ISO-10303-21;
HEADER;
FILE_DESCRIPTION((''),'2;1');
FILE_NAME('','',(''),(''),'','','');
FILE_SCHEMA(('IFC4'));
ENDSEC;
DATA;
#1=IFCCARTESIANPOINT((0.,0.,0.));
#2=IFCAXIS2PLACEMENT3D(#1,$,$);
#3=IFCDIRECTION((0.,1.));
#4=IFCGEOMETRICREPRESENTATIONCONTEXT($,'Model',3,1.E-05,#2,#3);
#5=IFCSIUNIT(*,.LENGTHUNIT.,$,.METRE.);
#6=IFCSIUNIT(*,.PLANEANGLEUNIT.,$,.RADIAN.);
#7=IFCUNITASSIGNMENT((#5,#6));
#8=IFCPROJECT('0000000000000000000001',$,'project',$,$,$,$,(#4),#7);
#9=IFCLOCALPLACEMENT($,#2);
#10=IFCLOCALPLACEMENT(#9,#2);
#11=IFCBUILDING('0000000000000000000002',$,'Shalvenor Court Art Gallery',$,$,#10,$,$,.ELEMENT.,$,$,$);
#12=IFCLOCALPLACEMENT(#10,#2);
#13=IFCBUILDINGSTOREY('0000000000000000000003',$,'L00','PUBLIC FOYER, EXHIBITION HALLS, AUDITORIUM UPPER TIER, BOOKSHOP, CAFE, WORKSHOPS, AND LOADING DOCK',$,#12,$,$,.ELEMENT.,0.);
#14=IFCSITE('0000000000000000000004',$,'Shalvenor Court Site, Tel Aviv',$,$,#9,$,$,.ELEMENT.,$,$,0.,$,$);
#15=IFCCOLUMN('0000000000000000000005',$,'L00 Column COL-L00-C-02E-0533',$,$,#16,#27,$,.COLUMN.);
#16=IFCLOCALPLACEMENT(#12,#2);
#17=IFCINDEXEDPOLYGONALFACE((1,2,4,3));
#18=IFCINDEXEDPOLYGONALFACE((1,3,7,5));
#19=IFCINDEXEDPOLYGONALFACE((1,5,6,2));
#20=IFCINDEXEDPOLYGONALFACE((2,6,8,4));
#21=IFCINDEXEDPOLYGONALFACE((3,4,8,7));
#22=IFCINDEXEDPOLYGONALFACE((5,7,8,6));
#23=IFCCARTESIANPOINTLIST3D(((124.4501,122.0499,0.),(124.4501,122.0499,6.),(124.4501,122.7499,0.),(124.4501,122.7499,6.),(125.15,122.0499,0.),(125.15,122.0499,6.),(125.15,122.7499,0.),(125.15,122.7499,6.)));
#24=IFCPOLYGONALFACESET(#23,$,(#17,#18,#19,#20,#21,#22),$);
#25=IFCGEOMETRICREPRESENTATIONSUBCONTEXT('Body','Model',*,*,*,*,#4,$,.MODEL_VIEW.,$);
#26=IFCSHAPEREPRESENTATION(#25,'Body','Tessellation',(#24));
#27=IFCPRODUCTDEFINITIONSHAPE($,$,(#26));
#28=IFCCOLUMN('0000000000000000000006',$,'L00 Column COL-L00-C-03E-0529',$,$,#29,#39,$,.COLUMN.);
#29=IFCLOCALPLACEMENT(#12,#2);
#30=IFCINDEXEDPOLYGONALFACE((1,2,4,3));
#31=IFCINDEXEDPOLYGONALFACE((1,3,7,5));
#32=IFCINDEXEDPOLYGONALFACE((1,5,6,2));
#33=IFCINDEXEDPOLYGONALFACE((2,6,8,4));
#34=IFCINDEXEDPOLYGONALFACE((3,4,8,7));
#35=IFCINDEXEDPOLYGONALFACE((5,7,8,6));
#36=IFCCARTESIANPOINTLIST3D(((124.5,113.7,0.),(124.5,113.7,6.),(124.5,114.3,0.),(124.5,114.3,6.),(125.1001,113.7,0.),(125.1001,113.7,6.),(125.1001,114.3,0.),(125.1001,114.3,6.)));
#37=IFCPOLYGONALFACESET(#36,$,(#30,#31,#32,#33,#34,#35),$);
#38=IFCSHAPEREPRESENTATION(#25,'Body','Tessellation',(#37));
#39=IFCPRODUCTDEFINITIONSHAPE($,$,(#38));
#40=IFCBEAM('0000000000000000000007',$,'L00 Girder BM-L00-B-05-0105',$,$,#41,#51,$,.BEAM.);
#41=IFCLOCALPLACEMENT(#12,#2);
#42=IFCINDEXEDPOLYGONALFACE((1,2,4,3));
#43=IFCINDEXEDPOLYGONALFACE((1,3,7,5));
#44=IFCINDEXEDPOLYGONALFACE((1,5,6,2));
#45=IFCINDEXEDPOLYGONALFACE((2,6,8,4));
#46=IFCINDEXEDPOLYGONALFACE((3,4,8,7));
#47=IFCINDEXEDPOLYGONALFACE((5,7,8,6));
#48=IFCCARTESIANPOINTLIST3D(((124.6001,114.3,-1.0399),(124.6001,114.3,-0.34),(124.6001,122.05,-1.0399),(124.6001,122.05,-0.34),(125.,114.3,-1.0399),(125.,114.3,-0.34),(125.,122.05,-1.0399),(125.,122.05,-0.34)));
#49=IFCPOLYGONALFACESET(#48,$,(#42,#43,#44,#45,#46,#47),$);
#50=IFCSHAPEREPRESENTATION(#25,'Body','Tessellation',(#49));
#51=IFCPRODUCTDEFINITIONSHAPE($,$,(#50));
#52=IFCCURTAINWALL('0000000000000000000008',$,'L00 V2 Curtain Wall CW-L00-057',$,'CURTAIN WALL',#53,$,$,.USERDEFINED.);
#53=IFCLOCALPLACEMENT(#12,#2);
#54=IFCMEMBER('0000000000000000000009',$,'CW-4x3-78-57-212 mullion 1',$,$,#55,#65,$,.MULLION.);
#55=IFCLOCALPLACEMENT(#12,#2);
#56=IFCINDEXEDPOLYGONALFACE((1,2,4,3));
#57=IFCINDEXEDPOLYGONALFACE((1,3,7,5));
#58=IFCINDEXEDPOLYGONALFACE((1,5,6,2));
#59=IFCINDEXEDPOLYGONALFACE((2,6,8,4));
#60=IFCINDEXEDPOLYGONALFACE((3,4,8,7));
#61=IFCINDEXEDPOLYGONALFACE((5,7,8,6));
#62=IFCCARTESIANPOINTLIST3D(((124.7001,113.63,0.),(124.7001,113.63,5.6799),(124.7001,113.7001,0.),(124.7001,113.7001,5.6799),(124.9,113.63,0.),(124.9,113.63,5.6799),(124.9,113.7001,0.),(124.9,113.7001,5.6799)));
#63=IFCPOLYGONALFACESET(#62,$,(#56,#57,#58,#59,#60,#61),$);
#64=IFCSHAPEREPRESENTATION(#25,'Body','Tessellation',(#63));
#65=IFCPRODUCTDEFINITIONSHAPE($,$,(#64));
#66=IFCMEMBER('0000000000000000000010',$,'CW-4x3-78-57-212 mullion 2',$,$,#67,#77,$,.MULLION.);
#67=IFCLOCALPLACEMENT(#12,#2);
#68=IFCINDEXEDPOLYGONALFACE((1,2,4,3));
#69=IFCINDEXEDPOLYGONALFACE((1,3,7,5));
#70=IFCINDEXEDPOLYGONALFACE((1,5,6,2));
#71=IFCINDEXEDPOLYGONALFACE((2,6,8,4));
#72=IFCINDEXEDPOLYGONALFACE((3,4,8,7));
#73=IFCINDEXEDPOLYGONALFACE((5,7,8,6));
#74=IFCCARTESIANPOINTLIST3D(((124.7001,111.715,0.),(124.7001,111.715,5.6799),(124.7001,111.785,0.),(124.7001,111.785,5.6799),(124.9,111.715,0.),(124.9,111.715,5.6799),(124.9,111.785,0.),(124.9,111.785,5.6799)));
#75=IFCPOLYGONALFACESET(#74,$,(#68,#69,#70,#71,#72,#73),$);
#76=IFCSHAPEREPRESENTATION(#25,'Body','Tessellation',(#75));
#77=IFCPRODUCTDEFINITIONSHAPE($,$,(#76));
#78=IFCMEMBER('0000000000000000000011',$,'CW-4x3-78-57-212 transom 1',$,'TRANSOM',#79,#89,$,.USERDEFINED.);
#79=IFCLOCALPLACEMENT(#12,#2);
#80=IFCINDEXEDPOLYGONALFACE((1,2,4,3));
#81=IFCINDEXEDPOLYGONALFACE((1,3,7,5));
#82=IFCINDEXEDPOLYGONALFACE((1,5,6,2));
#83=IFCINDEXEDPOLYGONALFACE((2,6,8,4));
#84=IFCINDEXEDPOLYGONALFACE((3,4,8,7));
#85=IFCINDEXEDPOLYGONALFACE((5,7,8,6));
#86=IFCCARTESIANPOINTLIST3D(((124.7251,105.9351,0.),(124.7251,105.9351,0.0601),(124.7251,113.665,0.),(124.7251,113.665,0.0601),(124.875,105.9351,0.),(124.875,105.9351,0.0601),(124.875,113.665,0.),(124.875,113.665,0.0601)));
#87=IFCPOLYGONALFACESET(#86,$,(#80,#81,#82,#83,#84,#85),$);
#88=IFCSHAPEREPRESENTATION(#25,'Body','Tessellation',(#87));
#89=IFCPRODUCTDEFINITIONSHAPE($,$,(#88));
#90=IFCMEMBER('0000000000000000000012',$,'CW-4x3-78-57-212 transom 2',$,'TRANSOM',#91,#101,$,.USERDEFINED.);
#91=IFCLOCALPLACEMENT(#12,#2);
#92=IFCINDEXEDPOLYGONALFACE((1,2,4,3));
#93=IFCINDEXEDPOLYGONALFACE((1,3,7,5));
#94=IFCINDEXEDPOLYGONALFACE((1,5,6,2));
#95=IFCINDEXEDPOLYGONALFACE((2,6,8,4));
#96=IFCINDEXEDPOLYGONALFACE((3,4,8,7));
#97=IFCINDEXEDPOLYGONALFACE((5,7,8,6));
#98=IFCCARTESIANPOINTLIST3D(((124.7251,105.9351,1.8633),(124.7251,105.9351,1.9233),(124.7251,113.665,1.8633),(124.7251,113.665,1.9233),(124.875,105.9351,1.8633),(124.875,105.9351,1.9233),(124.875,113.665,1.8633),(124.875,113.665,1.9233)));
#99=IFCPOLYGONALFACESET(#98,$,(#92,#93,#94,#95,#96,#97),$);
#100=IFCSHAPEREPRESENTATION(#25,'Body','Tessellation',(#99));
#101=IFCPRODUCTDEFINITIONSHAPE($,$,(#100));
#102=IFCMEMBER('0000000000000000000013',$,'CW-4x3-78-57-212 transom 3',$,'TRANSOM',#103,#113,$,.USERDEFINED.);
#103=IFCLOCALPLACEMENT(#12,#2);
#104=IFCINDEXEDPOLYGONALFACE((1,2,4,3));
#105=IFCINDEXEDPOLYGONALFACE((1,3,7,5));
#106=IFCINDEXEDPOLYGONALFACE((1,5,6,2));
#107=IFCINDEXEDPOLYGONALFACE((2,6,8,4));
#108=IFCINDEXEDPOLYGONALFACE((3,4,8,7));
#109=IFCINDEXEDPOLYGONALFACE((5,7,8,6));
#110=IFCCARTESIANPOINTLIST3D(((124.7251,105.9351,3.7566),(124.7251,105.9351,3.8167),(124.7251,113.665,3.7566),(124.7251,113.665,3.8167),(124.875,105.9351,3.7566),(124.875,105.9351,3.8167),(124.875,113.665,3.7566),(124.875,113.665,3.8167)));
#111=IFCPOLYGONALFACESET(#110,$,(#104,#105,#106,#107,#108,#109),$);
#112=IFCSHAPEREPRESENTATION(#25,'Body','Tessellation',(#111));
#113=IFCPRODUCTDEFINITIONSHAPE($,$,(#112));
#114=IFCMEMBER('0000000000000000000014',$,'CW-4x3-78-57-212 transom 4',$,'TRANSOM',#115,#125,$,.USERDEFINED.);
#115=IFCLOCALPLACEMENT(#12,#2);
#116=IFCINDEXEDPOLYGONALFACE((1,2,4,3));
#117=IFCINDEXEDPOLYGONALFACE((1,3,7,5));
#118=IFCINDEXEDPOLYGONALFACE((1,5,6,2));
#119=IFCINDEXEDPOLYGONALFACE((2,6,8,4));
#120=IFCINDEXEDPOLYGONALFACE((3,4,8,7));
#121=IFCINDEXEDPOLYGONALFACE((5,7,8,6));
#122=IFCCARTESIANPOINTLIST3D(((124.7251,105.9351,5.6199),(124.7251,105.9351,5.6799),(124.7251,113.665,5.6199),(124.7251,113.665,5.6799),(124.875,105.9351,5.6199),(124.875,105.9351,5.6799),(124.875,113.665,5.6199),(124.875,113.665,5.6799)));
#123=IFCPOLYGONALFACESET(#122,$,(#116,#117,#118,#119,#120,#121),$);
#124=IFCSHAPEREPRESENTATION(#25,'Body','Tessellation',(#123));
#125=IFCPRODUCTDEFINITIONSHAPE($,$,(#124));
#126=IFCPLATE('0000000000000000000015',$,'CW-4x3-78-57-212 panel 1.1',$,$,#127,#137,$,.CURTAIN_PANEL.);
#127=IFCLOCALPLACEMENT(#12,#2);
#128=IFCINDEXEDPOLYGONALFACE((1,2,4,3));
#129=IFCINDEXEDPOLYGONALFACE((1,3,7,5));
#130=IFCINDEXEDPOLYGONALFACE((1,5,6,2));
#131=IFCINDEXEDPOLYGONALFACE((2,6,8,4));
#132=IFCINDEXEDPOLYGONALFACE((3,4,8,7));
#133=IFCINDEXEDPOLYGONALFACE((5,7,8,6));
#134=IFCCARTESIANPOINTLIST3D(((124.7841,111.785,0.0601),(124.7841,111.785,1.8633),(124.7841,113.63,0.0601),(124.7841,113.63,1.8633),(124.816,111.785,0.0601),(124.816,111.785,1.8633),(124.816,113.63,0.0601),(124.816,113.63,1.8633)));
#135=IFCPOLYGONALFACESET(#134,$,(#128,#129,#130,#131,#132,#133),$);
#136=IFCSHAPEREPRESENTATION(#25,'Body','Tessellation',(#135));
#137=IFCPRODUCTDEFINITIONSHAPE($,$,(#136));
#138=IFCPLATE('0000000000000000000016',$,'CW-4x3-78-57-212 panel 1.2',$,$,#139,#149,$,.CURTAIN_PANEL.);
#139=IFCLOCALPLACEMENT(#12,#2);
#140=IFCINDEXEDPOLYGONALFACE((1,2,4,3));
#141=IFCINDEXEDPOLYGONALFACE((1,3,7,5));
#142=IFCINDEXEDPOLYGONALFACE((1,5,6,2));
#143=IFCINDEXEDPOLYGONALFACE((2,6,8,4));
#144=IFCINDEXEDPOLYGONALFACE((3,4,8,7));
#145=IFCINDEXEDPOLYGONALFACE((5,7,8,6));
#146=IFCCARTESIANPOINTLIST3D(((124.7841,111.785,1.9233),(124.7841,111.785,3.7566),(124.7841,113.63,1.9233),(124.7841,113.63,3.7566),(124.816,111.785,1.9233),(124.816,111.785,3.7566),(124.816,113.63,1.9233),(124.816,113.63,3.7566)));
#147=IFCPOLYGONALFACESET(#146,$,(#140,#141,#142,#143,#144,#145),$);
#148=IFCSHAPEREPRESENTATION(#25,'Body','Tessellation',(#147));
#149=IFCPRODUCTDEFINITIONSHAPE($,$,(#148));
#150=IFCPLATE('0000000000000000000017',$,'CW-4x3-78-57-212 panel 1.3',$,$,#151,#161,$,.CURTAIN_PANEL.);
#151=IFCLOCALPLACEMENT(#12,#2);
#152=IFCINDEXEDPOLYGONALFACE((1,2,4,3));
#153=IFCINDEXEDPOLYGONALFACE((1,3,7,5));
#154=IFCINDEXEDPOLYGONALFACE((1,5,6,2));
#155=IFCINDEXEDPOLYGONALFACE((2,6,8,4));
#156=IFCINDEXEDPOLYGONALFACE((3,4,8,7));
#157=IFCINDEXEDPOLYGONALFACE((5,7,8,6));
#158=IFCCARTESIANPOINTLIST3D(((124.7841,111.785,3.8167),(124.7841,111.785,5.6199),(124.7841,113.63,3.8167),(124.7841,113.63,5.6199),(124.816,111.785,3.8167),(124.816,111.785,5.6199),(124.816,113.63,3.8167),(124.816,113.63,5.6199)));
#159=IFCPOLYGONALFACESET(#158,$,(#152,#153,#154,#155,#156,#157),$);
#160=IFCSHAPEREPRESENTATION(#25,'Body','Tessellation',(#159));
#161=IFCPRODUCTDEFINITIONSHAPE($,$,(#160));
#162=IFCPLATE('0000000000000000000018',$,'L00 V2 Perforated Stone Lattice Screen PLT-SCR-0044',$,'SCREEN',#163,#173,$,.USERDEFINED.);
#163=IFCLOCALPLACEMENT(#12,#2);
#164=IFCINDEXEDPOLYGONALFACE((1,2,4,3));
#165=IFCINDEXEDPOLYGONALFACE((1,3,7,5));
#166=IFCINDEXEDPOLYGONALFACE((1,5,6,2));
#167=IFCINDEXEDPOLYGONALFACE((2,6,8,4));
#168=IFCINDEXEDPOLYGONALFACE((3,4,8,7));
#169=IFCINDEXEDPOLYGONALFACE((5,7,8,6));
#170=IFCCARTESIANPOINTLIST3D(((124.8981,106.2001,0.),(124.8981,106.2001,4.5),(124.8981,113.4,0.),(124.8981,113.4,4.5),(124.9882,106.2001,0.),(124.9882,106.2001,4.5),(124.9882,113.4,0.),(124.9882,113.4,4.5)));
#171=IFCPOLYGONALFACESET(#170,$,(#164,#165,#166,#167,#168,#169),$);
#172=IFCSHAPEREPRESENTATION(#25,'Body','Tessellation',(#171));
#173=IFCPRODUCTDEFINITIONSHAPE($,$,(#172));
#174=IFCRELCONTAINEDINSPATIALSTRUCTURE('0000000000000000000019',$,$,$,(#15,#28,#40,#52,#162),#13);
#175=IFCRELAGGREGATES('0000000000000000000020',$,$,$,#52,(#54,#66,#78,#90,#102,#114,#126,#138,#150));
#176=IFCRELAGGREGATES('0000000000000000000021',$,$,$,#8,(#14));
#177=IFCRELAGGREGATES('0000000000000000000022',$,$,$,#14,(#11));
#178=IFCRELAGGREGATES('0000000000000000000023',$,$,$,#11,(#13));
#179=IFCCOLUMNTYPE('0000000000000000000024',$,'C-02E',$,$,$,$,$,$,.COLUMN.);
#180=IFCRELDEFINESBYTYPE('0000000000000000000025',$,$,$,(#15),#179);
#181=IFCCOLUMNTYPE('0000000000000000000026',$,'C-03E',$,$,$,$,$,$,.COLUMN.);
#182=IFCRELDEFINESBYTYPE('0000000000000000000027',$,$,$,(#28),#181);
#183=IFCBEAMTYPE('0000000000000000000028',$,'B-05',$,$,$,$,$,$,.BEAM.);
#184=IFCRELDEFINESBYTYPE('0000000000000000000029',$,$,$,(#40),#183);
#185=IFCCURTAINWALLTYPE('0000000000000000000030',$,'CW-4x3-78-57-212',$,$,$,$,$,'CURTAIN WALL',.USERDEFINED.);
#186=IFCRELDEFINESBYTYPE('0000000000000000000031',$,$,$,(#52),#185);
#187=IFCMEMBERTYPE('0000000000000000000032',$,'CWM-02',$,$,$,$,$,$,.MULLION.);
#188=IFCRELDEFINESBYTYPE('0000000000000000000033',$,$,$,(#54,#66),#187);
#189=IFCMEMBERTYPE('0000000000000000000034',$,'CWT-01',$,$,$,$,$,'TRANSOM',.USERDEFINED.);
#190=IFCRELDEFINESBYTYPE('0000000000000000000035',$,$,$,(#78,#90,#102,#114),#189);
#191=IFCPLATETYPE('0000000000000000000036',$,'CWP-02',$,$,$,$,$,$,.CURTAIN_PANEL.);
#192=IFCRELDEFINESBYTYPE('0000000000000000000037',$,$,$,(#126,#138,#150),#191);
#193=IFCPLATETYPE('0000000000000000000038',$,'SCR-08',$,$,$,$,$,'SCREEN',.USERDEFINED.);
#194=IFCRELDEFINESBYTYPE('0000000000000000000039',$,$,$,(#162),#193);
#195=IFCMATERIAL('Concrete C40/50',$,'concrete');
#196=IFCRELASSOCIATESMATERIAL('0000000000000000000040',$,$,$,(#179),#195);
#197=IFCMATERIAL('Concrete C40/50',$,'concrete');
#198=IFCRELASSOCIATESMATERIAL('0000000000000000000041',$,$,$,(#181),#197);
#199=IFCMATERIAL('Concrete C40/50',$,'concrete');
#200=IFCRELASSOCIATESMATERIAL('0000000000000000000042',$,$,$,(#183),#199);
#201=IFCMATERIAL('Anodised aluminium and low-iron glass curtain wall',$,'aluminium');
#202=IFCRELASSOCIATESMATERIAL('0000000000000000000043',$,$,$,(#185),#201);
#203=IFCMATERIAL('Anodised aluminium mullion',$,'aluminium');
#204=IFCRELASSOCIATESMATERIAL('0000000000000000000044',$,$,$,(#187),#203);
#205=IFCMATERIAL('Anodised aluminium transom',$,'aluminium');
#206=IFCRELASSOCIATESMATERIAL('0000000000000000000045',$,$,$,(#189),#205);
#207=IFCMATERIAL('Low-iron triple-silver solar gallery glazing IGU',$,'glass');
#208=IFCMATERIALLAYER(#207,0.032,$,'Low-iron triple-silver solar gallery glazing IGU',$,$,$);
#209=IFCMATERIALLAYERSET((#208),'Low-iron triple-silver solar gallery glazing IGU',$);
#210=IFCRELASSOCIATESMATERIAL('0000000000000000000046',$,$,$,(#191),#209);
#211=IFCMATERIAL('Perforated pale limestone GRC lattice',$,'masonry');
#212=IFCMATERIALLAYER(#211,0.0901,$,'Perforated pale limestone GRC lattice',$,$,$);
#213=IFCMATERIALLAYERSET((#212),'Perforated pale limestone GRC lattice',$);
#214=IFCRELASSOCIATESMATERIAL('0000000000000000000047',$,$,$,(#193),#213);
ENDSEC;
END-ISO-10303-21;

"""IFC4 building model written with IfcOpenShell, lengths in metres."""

from ifc_helpers import new_model, si_unit, direction, frame, origin, origin_2d, place, context, subcontext, project, spatial, rectangle, extrude, material, layer, layer_set, material_profile, profile_set, type_object, element, aggregate, save


model = new_model("IFC4")

# Units and contexts
model_context = context("Model", 3, precision=1e-05, world=origin(), true_north=direction((0.0, 1.0)))
body_context = subcontext(model_context, "Body", "Model", "MODEL_VIEW")
ifc_project = project(units=[si_unit("LENGTHUNIT", "METRE"), si_unit("PLANEANGLEUNIT", "RADIAN")], contexts=[model_context])

# Site, building, storey
site_placement = place(None, origin())
site = spatial("IfcSite", under=ifc_project, at=site_placement, Name="Shalvenor Court Site, Tel Aviv", CompositionType="ELEMENT", RefElevation=0.0)
building_placement = place(site_placement, origin())
building = spatial("IfcBuilding", under=site, at=building_placement, Name="Shalvenor Court Art Gallery", CompositionType="ELEMENT")
storey_placement = place(building_placement, origin())
storey = spatial("IfcBuildingStorey", under=building, at=storey_placement, Name="L00", Description="PUBLIC FOYER, EXHIBITION HALLS, AUDITORIUM UPPER TIER, BOOKSHOP, CAFE, WORKSHOPS, AND LOADING DOCK", CompositionType="ELEMENT", Elevation=0.0)

# Columns
ifc_material_1 = material(Name="Concrete C40/50", Category="concrete")
ifc_material_profile_1 = material_profile(ifc_material_1, rectangle(XDim=0.7, YDim=0.7, at=origin_2d()), Name="RC 700x700")
ifc_profile_set_1 = profile_set([ifc_material_profile_1], Name="Concrete C40/50")
column_type_1 = type_object("IfcColumnType", Name="C-02E", PredefinedType="COLUMN", material=ifc_profile_set_1)
column_1_placement = place(storey_placement, frame((124.8, 122.3999, 0.0), z_axis=(0.0, 0.0, 1.0), x_axis=(1.0, 0.0, 0.0)))
element("IfcColumn", 1, at=column_1_placement, inside=storey, type_object=column_type_1, Name="L00 Column COL-L00-C-02E-0533", PredefinedType="COLUMN", context=body_context, shape_type="SweptSolid", body=[
    extrude(rectangle(XDim=0.7, YDim=0.7, at=origin_2d()), origin(), (0.0, 0.0, 1.0), 6.0),
])
ifc_material_2 = material(Name="Concrete C40/50", Category="concrete")
ifc_material_profile_2 = material_profile(ifc_material_2, rectangle(XDim=0.6001, YDim=0.6001, at=origin_2d()), Name="RC 600x600")
ifc_profile_set_2 = profile_set([ifc_material_profile_2], Name="Concrete C40/50")
column_type_2 = type_object("IfcColumnType", Name="C-03E", PredefinedType="COLUMN", material=ifc_profile_set_2)
column_2_placement = place(storey_placement, frame((124.8, 114.0, 0.0), z_axis=(0.0, 0.0, 1.0), x_axis=(1.0, 0.0, 0.0)))
element("IfcColumn", 2, at=column_2_placement, inside=storey, type_object=column_type_2, Name="L00 Column COL-L00-C-03E-0529", PredefinedType="COLUMN", context=body_context, shape_type="SweptSolid", body=[
    extrude(rectangle(XDim=0.6001, YDim=0.6001, at=origin_2d()), origin(), (0.0, 0.0, 1.0), 6.0),
])

# Beam
ifc_material_3 = material(Name="Concrete C40/50", Category="concrete")
ifc_material_profile_3 = material_profile(ifc_material_3, rectangle(XDim=0.3999, YDim=0.7, at=origin_2d()), Name="RC 400x700")
ifc_profile_set_3 = profile_set([ifc_material_profile_3], Name="Concrete C40/50")
beam_type = type_object("IfcBeamType", Name="B-05", PredefinedType="BEAM", material=ifc_profile_set_3)
beam_placement = place(storey_placement, frame((124.8, 114.3, -0.6899), z_axis=(0.0, 1.0, 0.0), x_axis=(-1.0, 0.0, 0.0)))
element("IfcBeam", 3, at=beam_placement, inside=storey, type_object=beam_type, Name="L00 Girder BM-L00-B-05-0105", PredefinedType="BEAM", context=body_context, shape_type="SweptSolid", body=[
    extrude(rectangle(XDim=0.3999, YDim=0.7, at=origin_2d()), origin(), (0.0, 0.0, 1.0), 7.75),
])

# Curtain wall, members, plates
ifc_material_4 = material(Name="Anodised aluminium and low-iron glass curtain wall", Category="aluminium")
curtain_wall_type = type_object("IfcCurtainWallType", Name="CW-4x3-78-57-212", ElementType="CURTAIN WALL", PredefinedType="USERDEFINED", material=ifc_material_4)
curtain_wall_placement = place(storey_placement, origin())
curtain_wall = element("IfcCurtainWall", 4, at=curtain_wall_placement, inside=storey, type_object=curtain_wall_type, Name="L00 V2 Curtain Wall CW-L00-057", ObjectType="CURTAIN WALL", PredefinedType="USERDEFINED")
ifc_material_5 = material(Name="Anodised aluminium mullion", Category="aluminium")
ifc_material_profile_4 = material_profile(ifc_material_5, rectangle(XDim=0.0701, YDim=0.2, at=origin_2d()), Name="CWM-02")
ifc_profile_set_4 = profile_set([ifc_material_profile_4], Name="Anodised aluminium mullion")
member_type_1 = type_object("IfcMemberType", Name="CWM-02", PredefinedType="MULLION", material=ifc_profile_set_4)
member_1_placement = place(storey_placement, frame((124.8, 113.665, 0.0), z_axis=(0.0, 0.0, 1.0), x_axis=(0.0, -1.0, 0.0)))
member_1 = element("IfcMember", 5, at=member_1_placement, type_object=member_type_1, Name="CW-4x3-78-57-212 mullion 1", PredefinedType="MULLION", context=body_context, shape_type="SweptSolid", body=[
    extrude(rectangle(XDim=0.0701, YDim=0.2, at=origin_2d()), origin(), (0.0, 0.0, 1.0), 5.6799),
])
member_2_placement = place(storey_placement, frame((124.8, 111.75, 0.0), z_axis=(0.0, 0.0, 1.0), x_axis=(0.0, -1.0, 0.0)))
member_2 = element("IfcMember", 6, at=member_2_placement, type_object=member_type_1, Name="CW-4x3-78-57-212 mullion 2", PredefinedType="MULLION", context=body_context, shape_type="SweptSolid", body=[
    extrude(rectangle(XDim=0.0701, YDim=0.2, at=origin_2d()), origin(), (0.0, 0.0, 1.0), 5.6799),
])
ifc_material_6 = material(Name="Anodised aluminium transom", Category="aluminium")
ifc_material_profile_5 = material_profile(ifc_material_6, rectangle(XDim=0.1499, YDim=0.0601, at=origin_2d()), Name="CWT-01")
ifc_profile_set_5 = profile_set([ifc_material_profile_5], Name="Anodised aluminium transom")
member_type_2 = type_object("IfcMemberType", Name="CWT-01", ElementType="TRANSOM", PredefinedType="USERDEFINED", material=ifc_profile_set_5)
member_3_placement = place(storey_placement, frame((124.8, 113.665, 0.03), z_axis=(0.0, -1.0, 0.0), x_axis=(1.0, 0.0, 0.0)))
member_3 = element("IfcMember", 7, at=member_3_placement, type_object=member_type_2, Name="CW-4x3-78-57-212 transom 1", ObjectType="TRANSOM", PredefinedType="USERDEFINED", context=body_context, shape_type="SweptSolid", body=[
    extrude(rectangle(XDim=0.1499, YDim=0.0601, at=origin_2d()), origin(), (0.0, 0.0, 1.0), 7.73),
])
member_4_placement = place(storey_placement, frame((124.8, 113.665, 1.8933), z_axis=(0.0, -1.0, 0.0), x_axis=(1.0, 0.0, 0.0)))
member_4 = element("IfcMember", 8, at=member_4_placement, type_object=member_type_2, Name="CW-4x3-78-57-212 transom 2", ObjectType="TRANSOM", PredefinedType="USERDEFINED", context=body_context, shape_type="SweptSolid", body=[
    extrude(rectangle(XDim=0.1499, YDim=0.0601, at=origin_2d()), origin(), (0.0, 0.0, 1.0), 7.73),
])
member_5_placement = place(storey_placement, frame((124.8, 113.665, 3.7866), z_axis=(0.0, -1.0, 0.0), x_axis=(1.0, 0.0, 0.0)))
member_5 = element("IfcMember", 9, at=member_5_placement, type_object=member_type_2, Name="CW-4x3-78-57-212 transom 3", ObjectType="TRANSOM", PredefinedType="USERDEFINED", context=body_context, shape_type="SweptSolid", body=[
    extrude(rectangle(XDim=0.1499, YDim=0.0601, at=origin_2d()), origin(), (0.0, 0.0, 1.0), 7.73),
])
member_6_placement = place(storey_placement, frame((124.8, 113.665, 5.6499), z_axis=(0.0, -1.0, 0.0), x_axis=(1.0, 0.0, 0.0)))
member_6 = element("IfcMember", 10, at=member_6_placement, type_object=member_type_2, Name="CW-4x3-78-57-212 transom 4", ObjectType="TRANSOM", PredefinedType="USERDEFINED", context=body_context, shape_type="SweptSolid", body=[
    extrude(rectangle(XDim=0.1499, YDim=0.0601, at=origin_2d()), origin(), (0.0, 0.0, 1.0), 7.73),
])
ifc_material_7 = material(Name="Low-iron triple-silver solar gallery glazing IGU", Category="glass")
ifc_layer_1 = layer(ifc_material_7, 0.032, Name="Low-iron triple-silver solar gallery glazing IGU")
ifc_layer_set_1 = layer_set([ifc_layer_1], Name="Low-iron triple-silver solar gallery glazing IGU")
plate_type_1 = type_object("IfcPlateType", Name="CWP-02", PredefinedType="CURTAIN_PANEL", material=ifc_layer_set_1)
plate_1_placement = place(storey_placement, frame((124.8, 112.7075, 0.0601), z_axis=(0.0, 0.0, 1.0), x_axis=(0.0, -1.0, 0.0)))
plate_1 = element("IfcPlate", 11, at=plate_1_placement, type_object=plate_type_1, Name="CW-4x3-78-57-212 panel 1.1", PredefinedType="CURTAIN_PANEL", context=body_context, shape_type="SweptSolid", body=[
    extrude(rectangle(XDim=1.845, YDim=0.032, at=origin_2d()), origin(), (0.0, 0.0, 1.0), 1.8032),
])
plate_2_placement = place(storey_placement, frame((124.8, 112.7075, 1.9233), z_axis=(0.0, 0.0, 1.0), x_axis=(0.0, -1.0, 0.0)))
plate_2 = element("IfcPlate", 12, at=plate_2_placement, type_object=plate_type_1, Name="CW-4x3-78-57-212 panel 1.2", PredefinedType="CURTAIN_PANEL", context=body_context, shape_type="SweptSolid", body=[
    extrude(rectangle(XDim=1.845, YDim=0.032, at=origin_2d()), origin(), (0.0, 0.0, 1.0), 1.8333),
])
plate_3_placement = place(storey_placement, frame((124.8, 112.7075, 3.8167), z_axis=(0.0, 0.0, 1.0), x_axis=(0.0, -1.0, 0.0)))
plate_3 = element("IfcPlate", 13, at=plate_3_placement, type_object=plate_type_1, Name="CW-4x3-78-57-212 panel 1.3", PredefinedType="CURTAIN_PANEL", context=body_context, shape_type="SweptSolid", body=[
    extrude(rectangle(XDim=1.845, YDim=0.032, at=origin_2d()), origin(), (0.0, 0.0, 1.0), 1.8032),
])
aggregate(curtain_wall, [member_1, member_2, member_3, member_4, member_5, member_6, plate_1, plate_2, plate_3])

# Plate
ifc_material_8 = material(Name="Perforated pale limestone GRC lattice", Category="masonry")
ifc_layer_2 = layer(ifc_material_8, 0.0901, Name="Perforated pale limestone GRC lattice")
ifc_layer_set_2 = layer_set([ifc_layer_2], Name="Perforated pale limestone GRC lattice")
plate_type_2 = type_object("IfcPlateType", Name="SCR-08", ElementType="SCREEN", PredefinedType="USERDEFINED", material=ifc_layer_set_2)
plate_4_placement = place(storey_placement, frame((124.9431, 109.8, 0.0), z_axis=(0.0, 0.0, 1.0), x_axis=(0.0, -1.0, 0.0)))
element("IfcPlate", 14, at=plate_4_placement, inside=storey, type_object=plate_type_2, Name="L00 V2 Perforated Stone Lattice Screen PLT-SCR-0044", ObjectType="SCREEN", PredefinedType="USERDEFINED", context=body_context, shape_type="SweptSolid", body=[
    extrude(rectangle(XDim=7.2, YDim=0.0901, at=origin_2d()), origin(), (0.0, 0.0, 1.0), 4.5),
])

save(model, "model.ifc")
